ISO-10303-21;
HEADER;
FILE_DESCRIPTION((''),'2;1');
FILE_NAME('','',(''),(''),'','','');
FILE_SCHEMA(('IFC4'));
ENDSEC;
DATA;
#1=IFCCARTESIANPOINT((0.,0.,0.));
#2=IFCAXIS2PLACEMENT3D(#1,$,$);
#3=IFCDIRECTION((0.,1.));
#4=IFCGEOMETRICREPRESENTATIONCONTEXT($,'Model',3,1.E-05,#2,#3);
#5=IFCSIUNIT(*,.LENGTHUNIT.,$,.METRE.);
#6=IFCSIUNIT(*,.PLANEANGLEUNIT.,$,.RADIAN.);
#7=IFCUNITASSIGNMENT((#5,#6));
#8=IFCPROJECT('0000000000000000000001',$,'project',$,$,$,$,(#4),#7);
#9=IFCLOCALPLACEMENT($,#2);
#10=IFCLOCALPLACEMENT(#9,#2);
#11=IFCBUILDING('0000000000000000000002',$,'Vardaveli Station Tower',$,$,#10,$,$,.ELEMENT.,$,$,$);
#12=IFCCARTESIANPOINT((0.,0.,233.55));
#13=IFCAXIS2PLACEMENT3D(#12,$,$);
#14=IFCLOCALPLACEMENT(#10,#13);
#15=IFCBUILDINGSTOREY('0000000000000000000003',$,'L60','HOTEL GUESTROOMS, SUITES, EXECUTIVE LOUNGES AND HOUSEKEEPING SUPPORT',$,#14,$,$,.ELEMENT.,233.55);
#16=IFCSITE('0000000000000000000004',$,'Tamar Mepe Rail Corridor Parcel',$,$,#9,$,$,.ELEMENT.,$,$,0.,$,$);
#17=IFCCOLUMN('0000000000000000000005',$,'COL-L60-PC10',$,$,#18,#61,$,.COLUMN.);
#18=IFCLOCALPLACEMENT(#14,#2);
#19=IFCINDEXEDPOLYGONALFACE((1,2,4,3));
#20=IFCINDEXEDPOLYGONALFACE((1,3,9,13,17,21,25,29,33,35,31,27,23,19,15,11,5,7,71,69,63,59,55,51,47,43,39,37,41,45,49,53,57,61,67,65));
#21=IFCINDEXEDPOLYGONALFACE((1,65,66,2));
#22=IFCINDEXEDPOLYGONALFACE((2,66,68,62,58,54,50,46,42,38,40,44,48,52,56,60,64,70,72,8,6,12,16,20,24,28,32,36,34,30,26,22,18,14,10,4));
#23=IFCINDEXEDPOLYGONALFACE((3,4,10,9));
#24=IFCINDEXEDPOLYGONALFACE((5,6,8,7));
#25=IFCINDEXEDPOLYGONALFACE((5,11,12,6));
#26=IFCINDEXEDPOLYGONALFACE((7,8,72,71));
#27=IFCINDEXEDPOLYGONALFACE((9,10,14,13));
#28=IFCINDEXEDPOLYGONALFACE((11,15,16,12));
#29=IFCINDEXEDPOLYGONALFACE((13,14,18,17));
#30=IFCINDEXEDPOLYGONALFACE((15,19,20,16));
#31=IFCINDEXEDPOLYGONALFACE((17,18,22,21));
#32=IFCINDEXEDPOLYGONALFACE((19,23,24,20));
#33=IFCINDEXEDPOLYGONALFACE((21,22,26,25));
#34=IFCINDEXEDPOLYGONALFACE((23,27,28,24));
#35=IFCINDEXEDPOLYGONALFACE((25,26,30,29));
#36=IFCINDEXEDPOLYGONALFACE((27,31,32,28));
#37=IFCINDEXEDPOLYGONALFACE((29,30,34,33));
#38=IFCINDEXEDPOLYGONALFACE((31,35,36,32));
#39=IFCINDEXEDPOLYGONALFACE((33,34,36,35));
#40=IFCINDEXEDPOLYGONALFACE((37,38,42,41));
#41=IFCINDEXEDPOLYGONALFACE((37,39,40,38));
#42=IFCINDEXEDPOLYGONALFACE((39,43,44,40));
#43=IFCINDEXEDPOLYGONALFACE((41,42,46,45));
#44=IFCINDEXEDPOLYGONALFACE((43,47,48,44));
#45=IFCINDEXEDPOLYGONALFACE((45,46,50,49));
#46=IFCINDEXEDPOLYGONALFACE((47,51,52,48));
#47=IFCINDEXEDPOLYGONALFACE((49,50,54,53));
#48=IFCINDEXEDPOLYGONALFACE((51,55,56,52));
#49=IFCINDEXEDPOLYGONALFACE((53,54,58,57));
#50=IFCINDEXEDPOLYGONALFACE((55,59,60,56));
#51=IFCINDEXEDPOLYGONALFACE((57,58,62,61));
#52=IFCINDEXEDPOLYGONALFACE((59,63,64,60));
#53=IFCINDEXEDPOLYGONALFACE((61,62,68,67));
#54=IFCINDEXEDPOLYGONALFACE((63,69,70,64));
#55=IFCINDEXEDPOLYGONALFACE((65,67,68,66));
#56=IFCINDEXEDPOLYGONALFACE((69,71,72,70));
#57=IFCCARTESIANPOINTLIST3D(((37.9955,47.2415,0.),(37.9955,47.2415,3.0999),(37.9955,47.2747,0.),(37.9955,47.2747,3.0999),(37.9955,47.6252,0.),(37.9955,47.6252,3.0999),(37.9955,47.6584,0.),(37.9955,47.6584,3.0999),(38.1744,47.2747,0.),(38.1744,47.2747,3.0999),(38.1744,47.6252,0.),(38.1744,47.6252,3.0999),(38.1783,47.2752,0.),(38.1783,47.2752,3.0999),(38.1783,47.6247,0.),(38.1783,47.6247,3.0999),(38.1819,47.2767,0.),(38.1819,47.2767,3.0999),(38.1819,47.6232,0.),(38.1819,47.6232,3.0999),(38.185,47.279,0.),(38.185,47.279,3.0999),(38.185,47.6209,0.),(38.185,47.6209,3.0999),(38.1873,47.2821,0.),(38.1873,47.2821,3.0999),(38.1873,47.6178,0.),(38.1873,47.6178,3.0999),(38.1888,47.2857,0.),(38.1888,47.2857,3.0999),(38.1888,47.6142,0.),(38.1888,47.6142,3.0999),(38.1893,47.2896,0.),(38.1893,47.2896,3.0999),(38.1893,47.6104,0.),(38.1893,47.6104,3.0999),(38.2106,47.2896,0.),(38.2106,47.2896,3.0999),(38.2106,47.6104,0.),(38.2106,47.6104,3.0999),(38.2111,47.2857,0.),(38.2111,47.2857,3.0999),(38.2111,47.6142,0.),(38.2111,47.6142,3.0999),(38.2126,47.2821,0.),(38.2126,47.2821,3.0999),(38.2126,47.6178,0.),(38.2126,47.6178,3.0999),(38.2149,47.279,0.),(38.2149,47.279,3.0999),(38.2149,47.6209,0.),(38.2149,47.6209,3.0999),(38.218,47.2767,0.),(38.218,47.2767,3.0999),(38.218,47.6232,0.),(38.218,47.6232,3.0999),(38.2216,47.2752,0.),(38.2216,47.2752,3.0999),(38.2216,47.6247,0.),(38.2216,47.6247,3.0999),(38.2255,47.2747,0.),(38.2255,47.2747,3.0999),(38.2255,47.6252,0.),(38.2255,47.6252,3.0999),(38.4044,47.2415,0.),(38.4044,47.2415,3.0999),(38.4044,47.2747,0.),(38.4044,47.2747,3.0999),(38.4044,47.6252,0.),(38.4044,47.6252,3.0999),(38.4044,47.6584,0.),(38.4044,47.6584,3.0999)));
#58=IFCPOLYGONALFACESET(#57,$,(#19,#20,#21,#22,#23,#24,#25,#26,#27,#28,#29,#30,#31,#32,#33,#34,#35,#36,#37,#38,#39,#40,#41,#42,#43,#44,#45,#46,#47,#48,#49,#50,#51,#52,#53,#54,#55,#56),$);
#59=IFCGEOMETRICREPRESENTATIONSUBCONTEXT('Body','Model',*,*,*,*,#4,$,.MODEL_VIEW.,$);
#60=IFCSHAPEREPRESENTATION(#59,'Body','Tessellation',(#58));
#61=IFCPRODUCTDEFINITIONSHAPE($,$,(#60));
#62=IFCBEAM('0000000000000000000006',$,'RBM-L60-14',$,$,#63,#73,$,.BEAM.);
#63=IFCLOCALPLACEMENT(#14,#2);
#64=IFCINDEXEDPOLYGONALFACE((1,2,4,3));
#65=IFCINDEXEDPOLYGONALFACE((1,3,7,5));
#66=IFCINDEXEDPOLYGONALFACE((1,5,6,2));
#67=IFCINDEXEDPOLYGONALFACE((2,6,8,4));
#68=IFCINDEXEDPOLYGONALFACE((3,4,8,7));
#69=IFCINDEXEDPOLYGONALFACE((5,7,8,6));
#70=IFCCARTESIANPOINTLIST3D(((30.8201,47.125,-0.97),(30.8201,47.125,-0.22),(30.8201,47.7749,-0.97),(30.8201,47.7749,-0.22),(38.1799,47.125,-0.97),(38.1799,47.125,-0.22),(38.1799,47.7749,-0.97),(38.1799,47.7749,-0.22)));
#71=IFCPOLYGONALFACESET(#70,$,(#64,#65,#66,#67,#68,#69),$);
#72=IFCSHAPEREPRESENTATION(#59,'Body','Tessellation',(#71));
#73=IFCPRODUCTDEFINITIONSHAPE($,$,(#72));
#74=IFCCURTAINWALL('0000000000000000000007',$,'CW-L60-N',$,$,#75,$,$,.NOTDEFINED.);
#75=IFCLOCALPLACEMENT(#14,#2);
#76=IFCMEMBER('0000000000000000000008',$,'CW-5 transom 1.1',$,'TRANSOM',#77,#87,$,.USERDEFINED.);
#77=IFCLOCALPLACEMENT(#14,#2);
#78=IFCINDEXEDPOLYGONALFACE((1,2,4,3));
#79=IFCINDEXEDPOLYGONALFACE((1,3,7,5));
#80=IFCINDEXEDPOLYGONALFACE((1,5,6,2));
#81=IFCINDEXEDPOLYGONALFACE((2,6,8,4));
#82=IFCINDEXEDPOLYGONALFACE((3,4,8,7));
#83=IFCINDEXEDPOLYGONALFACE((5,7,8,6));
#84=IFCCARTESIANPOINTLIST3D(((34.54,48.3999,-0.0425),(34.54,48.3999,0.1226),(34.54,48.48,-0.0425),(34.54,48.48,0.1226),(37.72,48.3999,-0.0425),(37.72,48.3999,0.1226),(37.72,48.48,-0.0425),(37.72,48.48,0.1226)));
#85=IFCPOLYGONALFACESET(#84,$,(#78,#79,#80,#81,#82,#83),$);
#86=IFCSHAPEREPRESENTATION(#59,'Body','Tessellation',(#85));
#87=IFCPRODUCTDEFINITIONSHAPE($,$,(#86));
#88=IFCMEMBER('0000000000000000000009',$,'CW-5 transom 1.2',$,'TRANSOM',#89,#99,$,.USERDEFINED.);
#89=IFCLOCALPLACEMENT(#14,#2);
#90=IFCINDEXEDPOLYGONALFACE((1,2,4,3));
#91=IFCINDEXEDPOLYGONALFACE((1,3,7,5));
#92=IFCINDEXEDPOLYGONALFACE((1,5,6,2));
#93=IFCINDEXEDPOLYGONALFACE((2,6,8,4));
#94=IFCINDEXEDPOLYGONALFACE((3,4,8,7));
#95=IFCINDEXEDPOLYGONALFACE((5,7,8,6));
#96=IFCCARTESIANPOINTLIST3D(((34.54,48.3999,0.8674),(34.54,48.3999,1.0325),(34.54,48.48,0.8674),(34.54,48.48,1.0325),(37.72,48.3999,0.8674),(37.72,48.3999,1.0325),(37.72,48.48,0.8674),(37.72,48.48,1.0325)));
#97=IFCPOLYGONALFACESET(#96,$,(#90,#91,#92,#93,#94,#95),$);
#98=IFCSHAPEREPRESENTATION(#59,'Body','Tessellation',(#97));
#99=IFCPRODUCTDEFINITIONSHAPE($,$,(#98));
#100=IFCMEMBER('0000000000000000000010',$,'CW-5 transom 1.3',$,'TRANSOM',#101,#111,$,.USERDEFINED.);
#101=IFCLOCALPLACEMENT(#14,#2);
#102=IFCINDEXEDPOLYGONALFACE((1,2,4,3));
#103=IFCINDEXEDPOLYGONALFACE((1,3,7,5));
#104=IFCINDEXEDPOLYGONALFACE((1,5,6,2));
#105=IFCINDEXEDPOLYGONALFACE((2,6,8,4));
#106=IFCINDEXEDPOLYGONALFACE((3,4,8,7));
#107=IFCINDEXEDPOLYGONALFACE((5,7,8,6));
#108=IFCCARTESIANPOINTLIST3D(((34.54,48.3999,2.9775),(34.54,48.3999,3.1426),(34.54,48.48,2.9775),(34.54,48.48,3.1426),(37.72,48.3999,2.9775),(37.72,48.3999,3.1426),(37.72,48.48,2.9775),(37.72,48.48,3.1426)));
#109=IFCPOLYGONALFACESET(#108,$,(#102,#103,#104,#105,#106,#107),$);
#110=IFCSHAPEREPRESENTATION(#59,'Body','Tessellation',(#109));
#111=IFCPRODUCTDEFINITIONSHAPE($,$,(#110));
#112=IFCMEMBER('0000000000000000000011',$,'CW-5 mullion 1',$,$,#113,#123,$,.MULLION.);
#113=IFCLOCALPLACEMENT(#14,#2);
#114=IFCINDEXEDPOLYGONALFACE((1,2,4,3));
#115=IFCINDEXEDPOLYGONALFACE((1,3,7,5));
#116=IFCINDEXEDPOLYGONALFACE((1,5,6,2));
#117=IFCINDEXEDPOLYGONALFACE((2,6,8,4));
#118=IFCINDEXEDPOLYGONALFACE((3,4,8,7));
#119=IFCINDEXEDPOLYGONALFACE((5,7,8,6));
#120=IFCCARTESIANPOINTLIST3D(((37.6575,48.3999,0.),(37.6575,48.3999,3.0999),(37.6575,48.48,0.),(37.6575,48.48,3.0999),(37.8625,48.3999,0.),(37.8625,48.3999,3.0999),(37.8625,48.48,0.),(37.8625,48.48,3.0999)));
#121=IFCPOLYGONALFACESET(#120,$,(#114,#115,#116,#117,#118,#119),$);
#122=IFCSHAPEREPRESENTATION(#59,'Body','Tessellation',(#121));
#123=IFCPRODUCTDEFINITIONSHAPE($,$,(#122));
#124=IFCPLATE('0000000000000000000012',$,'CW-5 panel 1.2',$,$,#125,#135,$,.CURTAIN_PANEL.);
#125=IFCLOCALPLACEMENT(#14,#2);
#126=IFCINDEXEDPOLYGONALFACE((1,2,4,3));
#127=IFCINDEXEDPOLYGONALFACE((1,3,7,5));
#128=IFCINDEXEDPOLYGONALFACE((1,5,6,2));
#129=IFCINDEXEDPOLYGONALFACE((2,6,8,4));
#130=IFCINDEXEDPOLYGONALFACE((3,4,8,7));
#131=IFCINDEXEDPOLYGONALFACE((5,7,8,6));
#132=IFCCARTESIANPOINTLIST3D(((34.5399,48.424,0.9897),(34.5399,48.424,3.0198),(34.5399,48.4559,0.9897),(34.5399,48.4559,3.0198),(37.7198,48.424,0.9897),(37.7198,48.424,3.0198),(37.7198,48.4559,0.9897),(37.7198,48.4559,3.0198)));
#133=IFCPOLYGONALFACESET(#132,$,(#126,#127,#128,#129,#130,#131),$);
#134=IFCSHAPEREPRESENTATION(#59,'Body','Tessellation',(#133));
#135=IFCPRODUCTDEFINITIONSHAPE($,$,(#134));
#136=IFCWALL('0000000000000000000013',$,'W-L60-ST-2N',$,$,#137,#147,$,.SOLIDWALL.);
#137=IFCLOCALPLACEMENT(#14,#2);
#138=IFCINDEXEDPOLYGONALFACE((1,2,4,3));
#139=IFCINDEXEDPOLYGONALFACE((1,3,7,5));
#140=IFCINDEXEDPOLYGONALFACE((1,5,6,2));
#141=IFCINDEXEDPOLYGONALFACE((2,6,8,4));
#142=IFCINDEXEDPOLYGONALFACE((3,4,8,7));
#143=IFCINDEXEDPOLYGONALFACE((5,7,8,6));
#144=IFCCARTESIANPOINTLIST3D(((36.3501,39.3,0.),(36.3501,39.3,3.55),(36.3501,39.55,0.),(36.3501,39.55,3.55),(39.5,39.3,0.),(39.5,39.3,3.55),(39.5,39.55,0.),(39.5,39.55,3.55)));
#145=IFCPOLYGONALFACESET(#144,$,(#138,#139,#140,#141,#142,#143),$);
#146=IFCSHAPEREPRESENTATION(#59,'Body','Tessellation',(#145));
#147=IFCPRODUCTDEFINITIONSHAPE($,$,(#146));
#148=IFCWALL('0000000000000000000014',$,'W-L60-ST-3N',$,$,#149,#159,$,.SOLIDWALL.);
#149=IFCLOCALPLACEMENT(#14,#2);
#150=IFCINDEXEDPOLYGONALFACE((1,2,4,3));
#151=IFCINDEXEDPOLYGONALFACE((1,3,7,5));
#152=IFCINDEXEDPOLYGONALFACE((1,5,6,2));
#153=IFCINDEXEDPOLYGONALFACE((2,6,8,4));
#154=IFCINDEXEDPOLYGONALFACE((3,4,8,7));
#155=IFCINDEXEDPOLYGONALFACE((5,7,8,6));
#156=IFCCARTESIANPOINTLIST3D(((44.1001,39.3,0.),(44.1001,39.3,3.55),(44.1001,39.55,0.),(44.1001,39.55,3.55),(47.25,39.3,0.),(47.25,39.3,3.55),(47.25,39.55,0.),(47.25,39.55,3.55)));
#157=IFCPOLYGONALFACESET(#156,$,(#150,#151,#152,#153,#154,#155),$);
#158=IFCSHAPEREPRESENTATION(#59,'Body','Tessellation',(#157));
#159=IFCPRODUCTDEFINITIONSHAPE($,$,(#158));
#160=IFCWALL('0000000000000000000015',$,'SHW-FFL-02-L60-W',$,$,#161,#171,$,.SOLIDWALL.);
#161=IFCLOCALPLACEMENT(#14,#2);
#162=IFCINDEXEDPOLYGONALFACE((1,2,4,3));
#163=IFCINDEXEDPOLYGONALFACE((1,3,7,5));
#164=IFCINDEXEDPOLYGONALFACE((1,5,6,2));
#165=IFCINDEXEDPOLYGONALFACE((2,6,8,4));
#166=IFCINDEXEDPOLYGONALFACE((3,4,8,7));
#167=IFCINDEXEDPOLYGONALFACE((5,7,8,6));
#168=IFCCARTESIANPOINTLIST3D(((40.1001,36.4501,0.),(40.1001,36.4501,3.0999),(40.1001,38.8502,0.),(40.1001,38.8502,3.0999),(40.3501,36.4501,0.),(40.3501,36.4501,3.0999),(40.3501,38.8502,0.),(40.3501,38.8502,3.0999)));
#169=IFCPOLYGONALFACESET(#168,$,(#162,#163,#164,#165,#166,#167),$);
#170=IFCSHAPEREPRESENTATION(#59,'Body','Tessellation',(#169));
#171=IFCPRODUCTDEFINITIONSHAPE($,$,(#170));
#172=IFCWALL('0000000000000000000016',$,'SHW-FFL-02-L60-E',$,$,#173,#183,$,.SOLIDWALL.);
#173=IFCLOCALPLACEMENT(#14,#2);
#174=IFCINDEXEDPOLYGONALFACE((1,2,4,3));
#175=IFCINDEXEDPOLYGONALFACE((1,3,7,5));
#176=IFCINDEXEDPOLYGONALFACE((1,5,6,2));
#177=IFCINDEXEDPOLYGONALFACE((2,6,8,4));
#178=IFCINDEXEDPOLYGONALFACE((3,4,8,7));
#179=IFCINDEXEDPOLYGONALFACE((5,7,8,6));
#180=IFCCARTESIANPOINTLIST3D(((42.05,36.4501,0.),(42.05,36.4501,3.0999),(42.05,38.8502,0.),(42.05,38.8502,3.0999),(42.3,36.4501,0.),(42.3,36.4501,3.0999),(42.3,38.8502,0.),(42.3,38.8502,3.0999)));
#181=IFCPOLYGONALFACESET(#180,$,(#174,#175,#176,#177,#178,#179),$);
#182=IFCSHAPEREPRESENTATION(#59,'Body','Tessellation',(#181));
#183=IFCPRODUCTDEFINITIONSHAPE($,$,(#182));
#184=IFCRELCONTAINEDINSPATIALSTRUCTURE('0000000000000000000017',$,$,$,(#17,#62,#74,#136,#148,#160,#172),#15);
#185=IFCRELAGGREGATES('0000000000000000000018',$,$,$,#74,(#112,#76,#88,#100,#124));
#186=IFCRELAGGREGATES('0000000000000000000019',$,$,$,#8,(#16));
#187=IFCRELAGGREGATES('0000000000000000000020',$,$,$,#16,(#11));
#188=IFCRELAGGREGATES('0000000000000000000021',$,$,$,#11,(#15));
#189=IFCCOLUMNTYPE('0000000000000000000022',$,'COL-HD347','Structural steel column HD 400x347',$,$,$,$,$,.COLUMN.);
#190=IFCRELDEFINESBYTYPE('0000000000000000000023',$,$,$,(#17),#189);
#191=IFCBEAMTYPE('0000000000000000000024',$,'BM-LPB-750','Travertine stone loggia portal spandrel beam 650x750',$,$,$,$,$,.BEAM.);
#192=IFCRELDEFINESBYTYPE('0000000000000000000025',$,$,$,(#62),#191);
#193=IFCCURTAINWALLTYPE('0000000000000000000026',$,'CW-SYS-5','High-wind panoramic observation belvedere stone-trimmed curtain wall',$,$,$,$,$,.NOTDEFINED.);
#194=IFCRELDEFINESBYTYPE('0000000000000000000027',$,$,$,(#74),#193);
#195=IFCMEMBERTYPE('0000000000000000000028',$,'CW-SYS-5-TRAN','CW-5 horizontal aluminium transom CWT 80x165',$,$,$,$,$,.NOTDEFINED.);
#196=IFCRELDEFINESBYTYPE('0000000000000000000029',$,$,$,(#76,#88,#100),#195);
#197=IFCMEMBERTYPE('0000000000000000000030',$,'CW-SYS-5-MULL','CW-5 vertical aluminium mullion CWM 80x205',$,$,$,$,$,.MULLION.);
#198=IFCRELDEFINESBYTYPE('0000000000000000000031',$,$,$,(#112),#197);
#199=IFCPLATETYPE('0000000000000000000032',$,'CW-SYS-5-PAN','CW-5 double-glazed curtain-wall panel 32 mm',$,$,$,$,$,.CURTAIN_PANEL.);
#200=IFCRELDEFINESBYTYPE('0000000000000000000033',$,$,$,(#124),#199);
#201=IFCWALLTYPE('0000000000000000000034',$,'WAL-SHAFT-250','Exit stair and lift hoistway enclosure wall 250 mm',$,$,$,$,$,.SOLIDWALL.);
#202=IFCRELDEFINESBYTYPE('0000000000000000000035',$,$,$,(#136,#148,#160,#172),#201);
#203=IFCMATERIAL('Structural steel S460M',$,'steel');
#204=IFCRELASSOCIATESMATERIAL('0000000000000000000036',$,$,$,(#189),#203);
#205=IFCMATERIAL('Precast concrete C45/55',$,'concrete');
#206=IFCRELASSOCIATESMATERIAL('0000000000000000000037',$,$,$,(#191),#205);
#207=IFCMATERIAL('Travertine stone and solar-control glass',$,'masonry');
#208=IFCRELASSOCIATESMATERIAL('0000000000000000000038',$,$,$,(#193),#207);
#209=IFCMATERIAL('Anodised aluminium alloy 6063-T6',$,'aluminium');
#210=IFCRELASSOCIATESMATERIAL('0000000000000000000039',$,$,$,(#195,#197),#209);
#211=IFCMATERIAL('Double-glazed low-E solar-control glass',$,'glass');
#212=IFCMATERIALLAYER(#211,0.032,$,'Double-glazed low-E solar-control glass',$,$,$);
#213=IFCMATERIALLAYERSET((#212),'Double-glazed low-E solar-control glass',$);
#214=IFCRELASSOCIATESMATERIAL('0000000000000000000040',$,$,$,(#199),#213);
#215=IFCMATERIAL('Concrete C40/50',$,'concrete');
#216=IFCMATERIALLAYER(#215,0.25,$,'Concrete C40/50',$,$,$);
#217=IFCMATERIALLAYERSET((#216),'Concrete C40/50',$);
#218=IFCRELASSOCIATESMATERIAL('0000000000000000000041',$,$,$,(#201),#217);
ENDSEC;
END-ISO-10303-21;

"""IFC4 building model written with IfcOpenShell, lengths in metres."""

from ifc_helpers import new_model, si_unit, direction, frame, frame_2d, origin, origin_2d, place, context, subcontext, project, spatial, rectangle, i_section, extrude, source, transform, mapped, material, layer, layer_set, material_profile, profile_set, type_object, element, aggregate, save


model = new_model("IFC4")

# Units and contexts
model_context = context("Model", 3, precision=1e-05, world=origin(), true_north=direction((0.0, 1.0)))
body_context = subcontext(model_context, "Body", "Model", "MODEL_VIEW")
ifc_project = project(units=[si_unit("LENGTHUNIT", "METRE"), si_unit("PLANEANGLEUNIT", "RADIAN")], contexts=[model_context])

# Site, building, storey
site_placement = place(None, origin())
site = spatial("IfcSite", under=ifc_project, at=site_placement, Name="Tamar Mepe Rail Corridor Parcel", CompositionType="ELEMENT", RefElevation=0.0)
building_placement = place(site_placement, origin())
building = spatial("IfcBuilding", under=site, at=building_placement, Name="Vardaveli Station Tower", CompositionType="ELEMENT")
storey_placement = place(building_placement, frame((0.0, 0.0, 233.55)))
storey = spatial("IfcBuildingStorey", under=building, at=storey_placement, Name="L60", Description="HOTEL GUESTROOMS, SUITES, EXECUTIVE LOUNGES AND HOUSEKEEPING SUPPORT", CompositionType="ELEMENT", Elevation=233.55)

# Column
ifc_material_1 = material(Name="Structural steel S460M", Category="steel")
ifc_material_profile_1 = material_profile(ifc_material_1, i_section(OverallWidth=0.4089, OverallDepth=0.417, WebThickness=0.0212, FlangeThickness=0.0332, FilletRadius=0.0149, at=origin_2d()), Name="HD 400x347")
ifc_profile_set_1 = profile_set([ifc_material_profile_1], Name="Structural steel S460M")
column_type = type_object("IfcColumnType", Name="COL-HD347", Description="Structural steel column HD 400x347", PredefinedType="COLUMN", material=ifc_profile_set_1)
shared_shape_1 = source(origin(), body_context, "Body", "SweptSolid", [
    extrude(i_section(OverallWidth=0.4089, OverallDepth=0.417, WebThickness=0.0212, FlangeThickness=0.0332, FilletRadius=0.0149, at=origin_2d()), origin(), (0.0, 0.0, 1.0), 3.0999),
])
column_placement = place(storey_placement, frame((38.2, 47.45, 0.0), z_axis=(0.0, 0.0, 1.0), x_axis=(1.0, 0.0, 0.0)))
element("IfcColumn", 1, at=column_placement, inside=storey, type_object=column_type, Name="COL-L60-PC10", PredefinedType="COLUMN", context=body_context, shape_type="MappedRepresentation", body=[
    mapped(shared_shape_1, transform((0.0, 0.0, 0.0), scale=1.0)),
])

# Beam
ifc_material_2 = material(Name="Precast concrete C45/55", Category="concrete")
ifc_material_profile_2 = material_profile(ifc_material_2, rectangle(XDim=0.6499, YDim=0.75, at=origin_2d()), Name="LPB 650x750")
ifc_profile_set_2 = profile_set([ifc_material_profile_2], Name="Precast concrete C45/55")
beam_type = type_object("IfcBeamType", Name="BM-LPB-750", Description="Travertine stone loggia portal spandrel beam 650x750", PredefinedType="BEAM", material=ifc_profile_set_2)
shared_shape_2 = source(origin(), body_context, "Body", "SweptSolid", [
    extrude(rectangle(XDim=0.6499, YDim=0.75, at=origin_2d()), origin(), (0.0, 0.0, 1.0), 7.3599),
])
beam_placement = place(storey_placement, frame((38.1799, 47.45, -0.595), z_axis=(-1.0, 0.0, 0.0), x_axis=(0.0, -1.0, 0.0)))
element("IfcBeam", 2, at=beam_placement, inside=storey, type_object=beam_type, Name="RBM-L60-14", PredefinedType="BEAM", context=body_context, shape_type="MappedRepresentation", body=[
    mapped(shared_shape_2, transform((0.0, 0.0, 0.0), scale=1.0)),
])

# Curtain wall, members, plate
ifc_material_3 = material(Name="Travertine stone and solar-control glass", Category="masonry")
curtain_wall_type = type_object("IfcCurtainWallType", Name="CW-SYS-5", Description="High-wind panoramic observation belvedere stone-trimmed curtain wall", PredefinedType="NOTDEFINED", material=ifc_material_3)
curtain_wall_placement = place(storey_placement, origin())
curtain_wall = element("IfcCurtainWall", 3, at=curtain_wall_placement, inside=storey, type_object=curtain_wall_type, Name="CW-L60-N", PredefinedType="NOTDEFINED")
ifc_material_4 = material(Name="Anodised aluminium alloy 6063-T6", Category="aluminium")
ifc_material_profile_3 = material_profile(ifc_material_4, rectangle(XDim=0.0801, YDim=0.165, at=origin_2d()), Name="CWT 80x165")
ifc_profile_set_3 = profile_set([ifc_material_profile_3], Name="Anodised aluminium alloy 6063-T6")
member_type_1 = type_object("IfcMemberType", Name="CW-SYS-5-TRAN", Description="CW-5 horizontal aluminium transom CWT 80x165", PredefinedType="NOTDEFINED", material=ifc_profile_set_3)
shared_shape_3 = source(origin(), body_context, "Body", "SweptSolid", [
    extrude(rectangle(XDim=0.0801, YDim=0.165, at=origin_2d()), origin(), (0.0, 0.0, 1.0), 3.1799),
])
member_1_placement = place(storey_placement, frame((37.72, 48.4399, 0.04), z_axis=(-1.0, 0.0, 0.0), x_axis=(0.0, -1.0, 0.0)))
member_1 = element("IfcMember", 4, at=member_1_placement, type_object=member_type_1, Name="CW-5 transom 1.1", ObjectType="TRANSOM", PredefinedType="USERDEFINED", context=body_context, shape_type="MappedRepresentation", body=[
    mapped(shared_shape_3, transform((0.0, 0.0, 0.0), scale=1.0)),
])
member_2_placement = place(storey_placement, frame((37.72, 48.4399, 0.95), z_axis=(-1.0, 0.0, 0.0), x_axis=(0.0, -1.0, 0.0)))
member_2 = element("IfcMember", 5, at=member_2_placement, type_object=member_type_1, Name="CW-5 transom 1.2", ObjectType="TRANSOM", PredefinedType="USERDEFINED", context=body_context, shape_type="MappedRepresentation", body=[
    mapped(shared_shape_3, transform((0.0, 0.0, 0.0), scale=1.0)),
])
member_3_placement = place(storey_placement, frame((37.72, 48.4399, 3.0601), z_axis=(-1.0, 0.0, 0.0), x_axis=(0.0, -1.0, 0.0)))
member_3 = element("IfcMember", 6, at=member_3_placement, type_object=member_type_1, Name="CW-5 transom 1.3", ObjectType="TRANSOM", PredefinedType="USERDEFINED", context=body_context, shape_type="MappedRepresentation", body=[
    mapped(shared_shape_3, transform((0.0, 0.0, 0.0), scale=1.0)),
])
ifc_material_profile_4 = material_profile(ifc_material_4, rectangle(XDim=0.0801, YDim=0.2051, at=origin_2d()), Name="CWM 80x205")
ifc_profile_set_4 = profile_set([ifc_material_profile_4], Name="Anodised aluminium alloy 6063-T6")
member_type_2 = type_object("IfcMemberType", Name="CW-SYS-5-MULL", Description="CW-5 vertical aluminium mullion CWM 80x205", PredefinedType="MULLION", material=ifc_profile_set_4)
shared_shape_4 = source(origin(), body_context, "Body", "SweptSolid", [
    extrude(rectangle(XDim=0.0801, YDim=0.2051, at=origin_2d()), origin(), (0.0, 0.0, 1.0), 3.0999),
])
member_4_placement = place(storey_placement, frame((37.76, 48.4399, 0.0), z_axis=(0.0, 0.0, 1.0), x_axis=(0.0, -1.0, 0.0)))
member_4 = element("IfcMember", 7, at=member_4_placement, type_object=member_type_2, Name="CW-5 mullion 1", PredefinedType="MULLION", context=body_context, shape_type="MappedRepresentation", body=[
    mapped(shared_shape_4, transform((0.0, 0.0, 0.0), scale=1.0)),
])
ifc_material_5 = material(Name="Double-glazed low-E solar-control glass", Category="glass")
ifc_layer_1 = layer(ifc_material_5, 0.032, Name="Double-glazed low-E solar-control glass")
ifc_layer_set_1 = layer_set([ifc_layer_1], Name="Double-glazed low-E solar-control glass")
plate_type = type_object("IfcPlateType", Name="CW-SYS-5-PAN", Description="CW-5 double-glazed curtain-wall panel 32 mm", PredefinedType="CURTAIN_PANEL", material=ifc_layer_set_1)
shared_shape_5 = source(origin(), body_context, "Body", "SweptSolid", [
    extrude(rectangle(XDim=3.1799, YDim=0.032, at=origin_2d()), origin(), (0.0, 0.0, 1.0), 2.03),
])
plate_placement = place(storey_placement, frame((36.1299, 48.4399, 0.9897), z_axis=(0.0, 0.0, 1.0), x_axis=(-1.0, 0.0, 0.0)))
plate = element("IfcPlate", 8, at=plate_placement, type_object=plate_type, Name="CW-5 panel 1.2", PredefinedType="CURTAIN_PANEL", context=body_context, shape_type="MappedRepresentation", body=[
    mapped(shared_shape_5, transform((0.0, 0.0, 0.0), scale=1.0)),
])
aggregate(curtain_wall, [member_4, member_1, member_2, member_3, plate])

# Walls
ifc_material_6 = material(Name="Concrete C40/50", Category="concrete")
ifc_layer_2 = layer(ifc_material_6, 0.25, Name="Concrete C40/50")
ifc_layer_set_2 = layer_set([ifc_layer_2], Name="Concrete C40/50")
wall_type = type_object("IfcWallType", Name="WAL-SHAFT-250", Description="Exit stair and lift hoistway enclosure wall 250 mm", PredefinedType="SOLIDWALL", material=ifc_layer_set_2)
shared_shape_6 = source(origin(), body_context, "Body", "SweptSolid", [
    extrude(rectangle(XDim=3.1499, YDim=0.25, at=frame_2d((1.575, 0.0))), origin(), (0.0, 0.0, 1.0), 3.55),
])
for number, where, z_axis, x_axis, name in (
    (9, (36.3501, 39.425, 0.0), (0.0, 0.0, 1.0), (1.0, 0.0, 0.0), "W-L60-ST-2N"),
    (10, (44.1001, 39.425, 0.0), (0.0, 0.0, 1.0), (1.0, 0.0, 0.0), "W-L60-ST-3N"),
):
    element("IfcWall", number, at=place(storey_placement, frame(where, z_axis=z_axis, x_axis=x_axis)), inside=storey, type_object=wall_type, Name=name, PredefinedType="SOLIDWALL", context=body_context, shape_type="MappedRepresentation", body=[
        mapped(shared_shape_6, transform((0.0, 0.0, 0.0), scale=1.0)),
    ])
shared_shape_7 = source(origin(), body_context, "Body", "SweptSolid", [
    extrude(rectangle(XDim=2.4001, YDim=0.25, at=frame_2d((1.2002, 0.0))), origin(), (0.0, 0.0, 1.0), 3.0999),
])
for number, where, z_axis, x_axis, name in (
    (11, (40.2251, 36.45, 0.0), (0.0, 0.0, 1.0), (0.0, 1.0, 0.0), "SHW-FFL-02-L60-W"),
    (12, (42.175, 36.45, 0.0), (0.0, 0.0, 1.0), (0.0, 1.0, 0.0), "SHW-FFL-02-L60-E"),
):
    element("IfcWall", number, at=place(storey_placement, frame(where, z_axis=z_axis, x_axis=x_axis)), inside=storey, type_object=wall_type, Name=name, PredefinedType="SOLIDWALL", context=body_context, shape_type="MappedRepresentation", body=[
        mapped(shared_shape_7, transform((0.0, 0.0, 0.0), scale=1.0)),
    ])

save(model, "model.ifc")
